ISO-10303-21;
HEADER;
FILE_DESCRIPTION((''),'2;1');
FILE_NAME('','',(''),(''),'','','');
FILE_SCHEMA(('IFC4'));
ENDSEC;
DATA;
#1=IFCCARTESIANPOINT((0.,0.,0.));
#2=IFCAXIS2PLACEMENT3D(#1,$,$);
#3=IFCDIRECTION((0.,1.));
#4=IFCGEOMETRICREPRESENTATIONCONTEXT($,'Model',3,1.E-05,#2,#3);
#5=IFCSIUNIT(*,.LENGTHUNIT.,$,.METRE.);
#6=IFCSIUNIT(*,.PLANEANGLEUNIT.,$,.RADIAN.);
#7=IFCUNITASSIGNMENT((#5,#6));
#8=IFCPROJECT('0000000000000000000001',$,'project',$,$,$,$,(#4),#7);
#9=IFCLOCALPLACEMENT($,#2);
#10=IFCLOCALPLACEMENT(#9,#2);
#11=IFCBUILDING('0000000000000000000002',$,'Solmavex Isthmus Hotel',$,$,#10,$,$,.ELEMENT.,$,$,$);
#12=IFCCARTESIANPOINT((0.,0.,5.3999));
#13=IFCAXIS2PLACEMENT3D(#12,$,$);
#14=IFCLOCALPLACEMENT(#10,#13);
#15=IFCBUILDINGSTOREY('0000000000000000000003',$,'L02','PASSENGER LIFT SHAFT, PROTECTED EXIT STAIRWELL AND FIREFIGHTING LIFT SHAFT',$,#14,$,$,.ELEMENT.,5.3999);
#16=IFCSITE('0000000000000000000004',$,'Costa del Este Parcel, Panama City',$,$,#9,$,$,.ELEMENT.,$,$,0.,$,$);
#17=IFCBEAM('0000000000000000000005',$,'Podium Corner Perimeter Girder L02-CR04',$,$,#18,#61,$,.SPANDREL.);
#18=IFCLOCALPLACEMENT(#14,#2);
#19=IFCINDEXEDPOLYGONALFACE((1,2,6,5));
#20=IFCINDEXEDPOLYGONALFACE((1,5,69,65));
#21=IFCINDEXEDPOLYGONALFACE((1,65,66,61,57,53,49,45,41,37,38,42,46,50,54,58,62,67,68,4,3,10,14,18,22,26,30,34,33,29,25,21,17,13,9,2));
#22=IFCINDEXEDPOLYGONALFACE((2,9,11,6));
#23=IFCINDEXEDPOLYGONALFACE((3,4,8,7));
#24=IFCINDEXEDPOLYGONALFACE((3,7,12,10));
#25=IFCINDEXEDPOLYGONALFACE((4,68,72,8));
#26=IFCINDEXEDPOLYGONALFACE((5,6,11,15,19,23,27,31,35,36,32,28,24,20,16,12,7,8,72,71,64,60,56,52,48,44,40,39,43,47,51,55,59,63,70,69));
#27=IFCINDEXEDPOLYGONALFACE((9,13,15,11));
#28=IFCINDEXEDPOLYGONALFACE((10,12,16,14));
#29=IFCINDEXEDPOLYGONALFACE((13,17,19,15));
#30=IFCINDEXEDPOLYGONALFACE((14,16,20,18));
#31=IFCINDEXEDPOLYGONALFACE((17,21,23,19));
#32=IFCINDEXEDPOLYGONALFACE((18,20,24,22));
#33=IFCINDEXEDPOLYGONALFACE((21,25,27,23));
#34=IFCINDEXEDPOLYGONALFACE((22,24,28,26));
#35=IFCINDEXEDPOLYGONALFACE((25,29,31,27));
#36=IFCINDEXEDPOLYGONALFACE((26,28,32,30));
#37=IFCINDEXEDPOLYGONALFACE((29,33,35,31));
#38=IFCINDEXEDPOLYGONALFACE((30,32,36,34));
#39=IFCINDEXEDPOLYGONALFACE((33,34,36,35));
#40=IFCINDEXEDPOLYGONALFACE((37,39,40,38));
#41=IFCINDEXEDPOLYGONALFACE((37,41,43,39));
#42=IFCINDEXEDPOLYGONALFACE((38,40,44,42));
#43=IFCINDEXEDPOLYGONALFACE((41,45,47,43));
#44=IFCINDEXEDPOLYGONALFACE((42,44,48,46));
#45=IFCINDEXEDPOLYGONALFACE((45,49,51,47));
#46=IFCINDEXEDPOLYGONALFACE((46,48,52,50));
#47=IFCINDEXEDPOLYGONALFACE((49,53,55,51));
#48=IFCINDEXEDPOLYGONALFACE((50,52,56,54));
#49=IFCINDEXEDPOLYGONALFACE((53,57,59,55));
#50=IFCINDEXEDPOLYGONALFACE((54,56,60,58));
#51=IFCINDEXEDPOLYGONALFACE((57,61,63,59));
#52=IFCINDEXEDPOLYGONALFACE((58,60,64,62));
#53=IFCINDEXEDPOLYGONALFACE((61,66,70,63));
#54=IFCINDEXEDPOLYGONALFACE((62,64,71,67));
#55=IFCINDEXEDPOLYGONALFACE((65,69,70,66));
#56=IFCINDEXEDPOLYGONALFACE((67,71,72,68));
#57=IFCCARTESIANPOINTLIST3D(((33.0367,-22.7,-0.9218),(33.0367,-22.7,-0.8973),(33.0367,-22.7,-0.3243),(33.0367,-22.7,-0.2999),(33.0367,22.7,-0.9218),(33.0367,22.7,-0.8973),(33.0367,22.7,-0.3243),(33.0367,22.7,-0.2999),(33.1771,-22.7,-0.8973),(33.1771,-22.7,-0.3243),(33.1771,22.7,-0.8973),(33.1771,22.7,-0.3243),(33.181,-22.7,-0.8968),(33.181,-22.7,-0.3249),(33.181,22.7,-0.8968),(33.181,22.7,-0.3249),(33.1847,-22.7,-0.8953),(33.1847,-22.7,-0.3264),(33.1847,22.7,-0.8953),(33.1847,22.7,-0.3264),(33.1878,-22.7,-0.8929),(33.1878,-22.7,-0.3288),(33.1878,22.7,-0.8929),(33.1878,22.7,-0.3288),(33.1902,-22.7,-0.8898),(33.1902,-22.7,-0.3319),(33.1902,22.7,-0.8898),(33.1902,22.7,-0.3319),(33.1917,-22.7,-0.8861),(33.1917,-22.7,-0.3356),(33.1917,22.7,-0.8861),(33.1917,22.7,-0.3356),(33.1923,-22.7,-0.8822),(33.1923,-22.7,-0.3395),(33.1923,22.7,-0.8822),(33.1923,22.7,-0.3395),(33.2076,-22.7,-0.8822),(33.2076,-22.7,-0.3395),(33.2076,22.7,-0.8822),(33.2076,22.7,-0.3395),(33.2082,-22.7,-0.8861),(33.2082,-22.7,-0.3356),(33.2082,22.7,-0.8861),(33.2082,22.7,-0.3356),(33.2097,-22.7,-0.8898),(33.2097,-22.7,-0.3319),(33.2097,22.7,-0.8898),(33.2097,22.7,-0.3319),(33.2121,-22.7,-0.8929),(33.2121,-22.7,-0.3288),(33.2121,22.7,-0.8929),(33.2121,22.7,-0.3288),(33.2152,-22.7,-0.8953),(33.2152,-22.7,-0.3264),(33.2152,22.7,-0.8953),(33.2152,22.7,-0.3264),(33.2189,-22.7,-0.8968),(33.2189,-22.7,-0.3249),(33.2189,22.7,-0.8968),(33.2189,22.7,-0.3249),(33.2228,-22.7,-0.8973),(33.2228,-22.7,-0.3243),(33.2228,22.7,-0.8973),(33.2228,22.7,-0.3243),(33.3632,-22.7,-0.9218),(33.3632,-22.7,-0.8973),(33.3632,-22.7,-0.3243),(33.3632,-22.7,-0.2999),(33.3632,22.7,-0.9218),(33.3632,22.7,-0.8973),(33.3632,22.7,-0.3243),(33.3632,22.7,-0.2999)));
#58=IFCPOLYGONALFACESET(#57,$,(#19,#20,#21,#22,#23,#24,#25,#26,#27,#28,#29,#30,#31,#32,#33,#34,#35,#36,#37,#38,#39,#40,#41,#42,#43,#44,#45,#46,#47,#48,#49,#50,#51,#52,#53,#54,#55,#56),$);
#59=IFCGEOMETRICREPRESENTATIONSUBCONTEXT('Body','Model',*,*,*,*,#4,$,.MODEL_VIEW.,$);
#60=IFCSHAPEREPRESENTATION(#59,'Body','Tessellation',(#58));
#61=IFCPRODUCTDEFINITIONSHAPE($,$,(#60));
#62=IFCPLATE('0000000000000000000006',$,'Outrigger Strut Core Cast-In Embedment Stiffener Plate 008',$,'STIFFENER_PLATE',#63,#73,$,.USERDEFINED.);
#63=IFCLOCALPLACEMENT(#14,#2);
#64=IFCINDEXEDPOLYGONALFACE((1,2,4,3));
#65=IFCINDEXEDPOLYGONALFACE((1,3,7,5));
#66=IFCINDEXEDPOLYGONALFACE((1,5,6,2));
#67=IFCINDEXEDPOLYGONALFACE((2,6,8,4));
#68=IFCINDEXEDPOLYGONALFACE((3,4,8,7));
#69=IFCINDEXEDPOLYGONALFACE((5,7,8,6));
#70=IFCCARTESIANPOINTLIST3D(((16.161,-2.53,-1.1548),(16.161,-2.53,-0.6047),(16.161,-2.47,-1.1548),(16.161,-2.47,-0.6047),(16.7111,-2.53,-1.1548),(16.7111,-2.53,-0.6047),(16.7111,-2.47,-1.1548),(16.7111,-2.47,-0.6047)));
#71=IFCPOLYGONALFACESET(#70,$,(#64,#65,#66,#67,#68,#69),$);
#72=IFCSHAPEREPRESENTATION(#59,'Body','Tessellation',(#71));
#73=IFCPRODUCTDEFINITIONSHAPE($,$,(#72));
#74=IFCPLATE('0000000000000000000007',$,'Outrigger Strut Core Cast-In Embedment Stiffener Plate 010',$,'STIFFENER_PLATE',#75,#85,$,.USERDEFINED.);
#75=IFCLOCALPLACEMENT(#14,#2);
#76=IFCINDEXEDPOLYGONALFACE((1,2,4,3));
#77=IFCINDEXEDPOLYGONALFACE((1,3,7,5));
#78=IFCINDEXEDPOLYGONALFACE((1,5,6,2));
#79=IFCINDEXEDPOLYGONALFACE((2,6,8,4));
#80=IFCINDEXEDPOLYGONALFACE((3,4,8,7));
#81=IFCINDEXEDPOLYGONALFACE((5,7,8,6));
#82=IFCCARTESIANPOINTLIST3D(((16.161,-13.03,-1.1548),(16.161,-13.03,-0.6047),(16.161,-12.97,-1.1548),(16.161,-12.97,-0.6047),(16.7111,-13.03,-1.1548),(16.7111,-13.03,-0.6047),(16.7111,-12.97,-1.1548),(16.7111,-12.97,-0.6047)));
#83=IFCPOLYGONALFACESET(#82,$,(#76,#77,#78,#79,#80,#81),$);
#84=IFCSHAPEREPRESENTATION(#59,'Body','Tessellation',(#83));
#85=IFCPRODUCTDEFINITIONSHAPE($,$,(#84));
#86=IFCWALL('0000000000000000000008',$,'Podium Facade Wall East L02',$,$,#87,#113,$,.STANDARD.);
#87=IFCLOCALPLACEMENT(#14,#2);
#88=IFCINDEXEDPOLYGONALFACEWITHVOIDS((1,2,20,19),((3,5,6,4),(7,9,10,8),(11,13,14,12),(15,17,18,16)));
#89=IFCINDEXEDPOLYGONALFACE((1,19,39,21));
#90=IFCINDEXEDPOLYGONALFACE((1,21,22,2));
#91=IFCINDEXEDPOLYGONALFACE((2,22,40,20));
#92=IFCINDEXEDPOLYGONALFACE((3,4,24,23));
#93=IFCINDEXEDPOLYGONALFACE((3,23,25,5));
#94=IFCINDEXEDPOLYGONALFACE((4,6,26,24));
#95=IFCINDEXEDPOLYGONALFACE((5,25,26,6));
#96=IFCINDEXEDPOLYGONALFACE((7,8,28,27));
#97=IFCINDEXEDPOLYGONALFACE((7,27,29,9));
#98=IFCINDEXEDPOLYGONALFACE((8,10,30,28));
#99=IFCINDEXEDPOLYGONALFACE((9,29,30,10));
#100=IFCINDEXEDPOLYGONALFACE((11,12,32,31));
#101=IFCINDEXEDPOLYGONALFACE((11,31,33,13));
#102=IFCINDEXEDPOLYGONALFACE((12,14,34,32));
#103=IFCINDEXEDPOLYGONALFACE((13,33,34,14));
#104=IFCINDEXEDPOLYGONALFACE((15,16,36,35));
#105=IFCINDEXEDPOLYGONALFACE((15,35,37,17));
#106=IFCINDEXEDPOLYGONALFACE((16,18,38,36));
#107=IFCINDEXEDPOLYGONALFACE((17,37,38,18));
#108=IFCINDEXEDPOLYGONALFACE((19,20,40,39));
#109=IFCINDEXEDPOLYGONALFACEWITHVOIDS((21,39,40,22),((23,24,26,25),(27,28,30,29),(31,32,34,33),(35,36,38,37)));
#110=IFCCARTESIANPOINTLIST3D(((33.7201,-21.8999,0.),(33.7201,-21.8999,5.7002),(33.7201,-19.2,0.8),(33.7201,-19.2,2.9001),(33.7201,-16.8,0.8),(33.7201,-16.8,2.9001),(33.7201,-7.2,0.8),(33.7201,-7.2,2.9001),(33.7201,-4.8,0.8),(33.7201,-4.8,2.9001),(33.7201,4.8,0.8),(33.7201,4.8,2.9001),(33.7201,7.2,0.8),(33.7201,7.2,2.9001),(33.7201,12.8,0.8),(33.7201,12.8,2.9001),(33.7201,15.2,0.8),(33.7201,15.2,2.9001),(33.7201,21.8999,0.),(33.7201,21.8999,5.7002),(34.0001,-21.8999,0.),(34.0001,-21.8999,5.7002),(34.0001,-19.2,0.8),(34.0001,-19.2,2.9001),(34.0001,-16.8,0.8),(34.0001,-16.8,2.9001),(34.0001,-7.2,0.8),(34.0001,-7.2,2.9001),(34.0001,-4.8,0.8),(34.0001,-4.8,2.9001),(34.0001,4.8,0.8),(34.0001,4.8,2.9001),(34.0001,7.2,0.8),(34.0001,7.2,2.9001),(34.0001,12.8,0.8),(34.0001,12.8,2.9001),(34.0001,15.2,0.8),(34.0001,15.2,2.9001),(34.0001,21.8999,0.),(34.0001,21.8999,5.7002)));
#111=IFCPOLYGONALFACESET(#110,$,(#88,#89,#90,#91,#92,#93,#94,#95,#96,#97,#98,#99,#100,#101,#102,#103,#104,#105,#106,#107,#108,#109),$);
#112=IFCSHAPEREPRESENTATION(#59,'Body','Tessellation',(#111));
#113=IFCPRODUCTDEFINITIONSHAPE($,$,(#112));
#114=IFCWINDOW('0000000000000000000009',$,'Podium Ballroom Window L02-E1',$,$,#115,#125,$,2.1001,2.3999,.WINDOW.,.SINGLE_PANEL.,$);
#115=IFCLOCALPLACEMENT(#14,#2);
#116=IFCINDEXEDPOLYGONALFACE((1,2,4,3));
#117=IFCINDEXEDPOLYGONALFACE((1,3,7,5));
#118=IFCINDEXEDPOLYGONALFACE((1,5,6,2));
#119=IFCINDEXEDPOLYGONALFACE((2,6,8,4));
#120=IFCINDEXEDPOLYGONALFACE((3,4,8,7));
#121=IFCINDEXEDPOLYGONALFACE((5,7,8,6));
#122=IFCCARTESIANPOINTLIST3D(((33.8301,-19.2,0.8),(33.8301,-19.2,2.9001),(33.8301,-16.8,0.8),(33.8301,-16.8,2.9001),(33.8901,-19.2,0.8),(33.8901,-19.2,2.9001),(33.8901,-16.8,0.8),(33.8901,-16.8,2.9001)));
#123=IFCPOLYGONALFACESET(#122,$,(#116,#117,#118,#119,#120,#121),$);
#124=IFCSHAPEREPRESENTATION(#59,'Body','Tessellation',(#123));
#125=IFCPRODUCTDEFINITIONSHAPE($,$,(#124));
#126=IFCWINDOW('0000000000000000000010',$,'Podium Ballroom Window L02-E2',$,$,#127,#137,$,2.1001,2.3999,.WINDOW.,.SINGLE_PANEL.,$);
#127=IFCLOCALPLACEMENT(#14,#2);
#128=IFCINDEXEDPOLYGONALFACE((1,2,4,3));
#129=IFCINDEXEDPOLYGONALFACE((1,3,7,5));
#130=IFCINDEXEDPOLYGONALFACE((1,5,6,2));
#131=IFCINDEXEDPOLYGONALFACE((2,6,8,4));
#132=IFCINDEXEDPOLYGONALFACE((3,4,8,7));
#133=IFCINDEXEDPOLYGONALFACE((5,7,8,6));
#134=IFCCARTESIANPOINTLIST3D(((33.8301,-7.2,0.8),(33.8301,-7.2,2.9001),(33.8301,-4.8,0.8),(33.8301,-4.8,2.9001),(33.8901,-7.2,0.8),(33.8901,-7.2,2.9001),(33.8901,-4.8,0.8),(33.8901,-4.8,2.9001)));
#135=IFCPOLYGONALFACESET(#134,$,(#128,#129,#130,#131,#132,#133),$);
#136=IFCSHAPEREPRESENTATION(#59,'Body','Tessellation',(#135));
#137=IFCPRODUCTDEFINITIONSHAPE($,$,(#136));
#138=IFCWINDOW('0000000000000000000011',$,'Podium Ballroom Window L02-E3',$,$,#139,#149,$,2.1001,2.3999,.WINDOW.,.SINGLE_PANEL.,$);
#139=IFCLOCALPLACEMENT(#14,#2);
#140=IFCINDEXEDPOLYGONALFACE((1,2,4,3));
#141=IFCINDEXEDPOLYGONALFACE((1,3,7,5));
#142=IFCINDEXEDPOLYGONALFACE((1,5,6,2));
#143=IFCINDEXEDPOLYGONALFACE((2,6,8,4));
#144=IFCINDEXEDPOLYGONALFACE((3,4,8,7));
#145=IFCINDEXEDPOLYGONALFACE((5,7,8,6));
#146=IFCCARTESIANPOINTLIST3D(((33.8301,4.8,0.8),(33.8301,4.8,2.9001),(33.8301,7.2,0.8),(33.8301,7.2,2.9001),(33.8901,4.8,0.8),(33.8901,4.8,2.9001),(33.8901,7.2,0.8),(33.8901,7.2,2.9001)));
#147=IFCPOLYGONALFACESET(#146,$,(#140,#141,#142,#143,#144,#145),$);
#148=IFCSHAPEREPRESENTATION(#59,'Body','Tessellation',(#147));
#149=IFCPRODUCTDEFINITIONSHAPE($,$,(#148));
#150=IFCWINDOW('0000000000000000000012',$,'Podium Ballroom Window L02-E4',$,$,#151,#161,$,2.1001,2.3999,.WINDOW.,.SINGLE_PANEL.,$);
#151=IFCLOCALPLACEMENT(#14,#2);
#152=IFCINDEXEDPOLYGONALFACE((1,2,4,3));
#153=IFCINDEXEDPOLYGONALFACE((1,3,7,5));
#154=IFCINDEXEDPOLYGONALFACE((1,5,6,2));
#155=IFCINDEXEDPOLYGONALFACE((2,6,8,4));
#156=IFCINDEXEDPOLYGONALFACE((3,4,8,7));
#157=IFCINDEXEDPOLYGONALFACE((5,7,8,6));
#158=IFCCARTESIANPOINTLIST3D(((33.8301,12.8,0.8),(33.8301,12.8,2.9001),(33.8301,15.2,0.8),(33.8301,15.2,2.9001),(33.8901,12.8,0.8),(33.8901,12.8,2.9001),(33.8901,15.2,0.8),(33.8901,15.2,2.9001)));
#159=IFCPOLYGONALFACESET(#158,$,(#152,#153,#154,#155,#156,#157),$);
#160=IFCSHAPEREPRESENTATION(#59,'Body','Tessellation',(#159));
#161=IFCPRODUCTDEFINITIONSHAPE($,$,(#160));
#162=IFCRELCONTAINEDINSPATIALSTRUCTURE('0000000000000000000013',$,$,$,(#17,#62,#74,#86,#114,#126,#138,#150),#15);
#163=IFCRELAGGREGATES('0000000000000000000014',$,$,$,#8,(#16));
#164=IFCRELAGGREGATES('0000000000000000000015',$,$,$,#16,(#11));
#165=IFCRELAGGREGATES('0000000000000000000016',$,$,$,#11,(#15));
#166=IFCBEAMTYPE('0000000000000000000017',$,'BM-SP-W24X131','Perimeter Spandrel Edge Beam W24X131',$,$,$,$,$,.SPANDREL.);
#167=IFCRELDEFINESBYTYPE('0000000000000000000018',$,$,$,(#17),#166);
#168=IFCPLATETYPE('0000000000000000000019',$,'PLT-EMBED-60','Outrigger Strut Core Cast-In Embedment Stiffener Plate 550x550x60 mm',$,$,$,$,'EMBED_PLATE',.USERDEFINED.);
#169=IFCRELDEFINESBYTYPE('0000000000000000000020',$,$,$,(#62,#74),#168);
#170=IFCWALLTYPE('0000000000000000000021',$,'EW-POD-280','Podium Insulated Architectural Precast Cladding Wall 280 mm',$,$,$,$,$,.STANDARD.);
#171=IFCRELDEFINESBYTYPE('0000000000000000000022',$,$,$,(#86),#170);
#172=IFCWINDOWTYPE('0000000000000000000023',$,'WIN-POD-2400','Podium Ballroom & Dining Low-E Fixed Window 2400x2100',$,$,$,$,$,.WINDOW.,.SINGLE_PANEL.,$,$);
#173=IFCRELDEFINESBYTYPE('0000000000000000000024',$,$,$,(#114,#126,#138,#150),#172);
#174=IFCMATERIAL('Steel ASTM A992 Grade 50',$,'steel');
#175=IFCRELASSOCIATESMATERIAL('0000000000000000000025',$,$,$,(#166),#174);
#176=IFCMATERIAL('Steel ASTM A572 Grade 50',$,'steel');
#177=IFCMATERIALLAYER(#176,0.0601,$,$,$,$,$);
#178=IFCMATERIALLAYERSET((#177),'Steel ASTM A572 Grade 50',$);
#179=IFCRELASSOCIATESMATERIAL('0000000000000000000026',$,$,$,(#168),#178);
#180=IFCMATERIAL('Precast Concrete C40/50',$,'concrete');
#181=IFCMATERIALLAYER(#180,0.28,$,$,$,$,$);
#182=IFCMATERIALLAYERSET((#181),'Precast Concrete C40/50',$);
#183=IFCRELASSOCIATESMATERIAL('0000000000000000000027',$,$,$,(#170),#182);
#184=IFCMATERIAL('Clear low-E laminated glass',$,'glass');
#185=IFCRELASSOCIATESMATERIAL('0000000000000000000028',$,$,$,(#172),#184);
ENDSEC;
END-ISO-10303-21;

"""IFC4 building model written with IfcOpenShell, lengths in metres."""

from ifc_helpers import new_model, si_unit, direction, frame, frame_2d, origin, origin_2d, place, context, subcontext, project, spatial, rectangle, i_section, extrude, material, layer, layer_set, material_profile, profile_set, type_object, element, fill, save


model = new_model("IFC4")

# Units and contexts
model_context = context("Model", 3, precision=1e-05, world=origin(), true_north=direction((0.0, 1.0)))
body_context = subcontext(model_context, "Body", "Model", "MODEL_VIEW")
ifc_project = project(units=[si_unit("LENGTHUNIT", "METRE"), si_unit("PLANEANGLEUNIT", "RADIAN")], contexts=[model_context])

# Site, building, storey
site_placement = place(None, origin())
site = spatial("IfcSite", under=ifc_project, at=site_placement, Name="Costa del Este Parcel, Panama City", CompositionType="ELEMENT", RefElevation=0.0)
building_placement = place(site_placement, origin())
building = spatial("IfcBuilding", under=site, at=building_placement, Name="Solmavex Isthmus Hotel", CompositionType="ELEMENT")
storey_placement = place(building_placement, frame((0.0, 0.0, 5.3999)))
storey = spatial("IfcBuildingStorey", under=building, at=storey_placement, Name="L02", Description="PASSENGER LIFT SHAFT, PROTECTED EXIT STAIRWELL AND FIREFIGHTING LIFT SHAFT", CompositionType="ELEMENT", Elevation=5.3999)

# Beam
ifc_material_1 = material(Name="Steel ASTM A992 Grade 50", Category="steel")
ifc_material_profile_1 = material_profile(ifc_material_1, i_section(OverallWidth=0.3264, OverallDepth=0.6218, WebThickness=0.0154, FlangeThickness=0.0244, FilletRadius=0.0151, at=origin_2d()), Name="W24X131")
ifc_profile_set_1 = profile_set([ifc_material_profile_1], Name="Steel ASTM A992 Grade 50")
beam_type_1 = type_object("IfcBeamType", Name="BM-SP-W24X131", Description="Perimeter Spandrel Edge Beam W24X131", PredefinedType="SPANDREL", material=ifc_profile_set_1)
beam_1_placement = place(storey_placement, frame((33.2, -22.7, -0.6108), z_axis=(0.0, 1.0, 0.0), x_axis=(-1.0, 0.0, 0.0)))
element("IfcBeam", 1, at=beam_1_placement, inside=storey, type_object=beam_type_1, Name="Podium Corner Perimeter Girder L02-CR04", PredefinedType="SPANDREL", context=body_context, shape_type="SweptSolid", body=[
    extrude(i_section(OverallWidth=0.3264, OverallDepth=0.6218, WebThickness=0.0154, FlangeThickness=0.0244, FilletRadius=0.0151, at=origin_2d()), origin(), (0.0, 0.0, 1.0), 45.3999),
])

# Plates
ifc_material_2 = material(Name="Steel ASTM A572 Grade 50", Category="steel")
ifc_layer_1 = layer(ifc_material_2, 0.0601)
ifc_layer_set_1 = layer_set([ifc_layer_1], Name="Steel ASTM A572 Grade 50")
plate_type = type_object("IfcPlateType", Name="PLT-EMBED-60", Description="Outrigger Strut Core Cast-In Embedment Stiffener Plate 550x550x60 mm", ElementType="EMBED_PLATE", PredefinedType="USERDEFINED", material=ifc_layer_set_1)
for number, where, z_axis, x_axis, name in (
    (2, (16.436, -2.5, -1.1548), (0.0, 0.0, 1.0), (1.0, 0.0, 0.0), "Outrigger Strut Core Cast-In Embedment Stiffener Plate 008"),
    (3, (16.436, -13.0, -1.1548), (0.0, 0.0, 1.0), (1.0, 0.0, 0.0), "Outrigger Strut Core Cast-In Embedment Stiffener Plate 010"),
):
    element("IfcPlate", number, at=place(storey_placement, frame(where, z_axis=z_axis, x_axis=x_axis)), inside=storey, type_object=plate_type, Name=name, ObjectType="STIFFENER_PLATE", PredefinedType="USERDEFINED", context=body_context, shape_type="SweptSolid", body=[
        extrude(rectangle(XDim=0.55, YDim=0.0601, at=origin_2d()), origin(), (0.0, 0.0, 1.0), 0.55),
    ])

# Wall, openings, windows
ifc_material_3 = material(Name="Precast Concrete C40/50", Category="concrete")
ifc_layer_2 = layer(ifc_material_3, 0.28)
ifc_layer_set_2 = layer_set([ifc_layer_2], Name="Precast Concrete C40/50")
wall_type_1 = type_object("IfcWallType", Name="EW-POD-280", Description="Podium Insulated Architectural Precast Cladding Wall 280 mm", PredefinedType="STANDARD", material=ifc_layer_set_2)
wall_1_placement = place(storey_placement, frame((33.8601, -21.8999, 0.0), z_axis=(0.0, 0.0, 1.0), x_axis=(0.0, 1.0, 0.0)))
wall_1 = element("IfcWall", 4, at=wall_1_placement, inside=storey, type_object=wall_type_1, Name="Podium Facade Wall East L02", PredefinedType="STANDARD", context=body_context, shape_type="SweptSolid", body=[
    extrude(rectangle(XDim=43.7998, YDim=0.28, at=frame_2d((21.8999, 0.0))), origin(), (0.0, 0.0, 1.0), 5.7002),
])
opening_1_placement = place(wall_1_placement, frame((2.7, 0.0, 0.8)))
opening_1 = element("IfcOpeningElement", 5, at=opening_1_placement, cuts=wall_1, PredefinedType="OPENING", context=body_context, shape_type="SweptSolid", body=[
    extrude(rectangle(XDim=2.3999, YDim=2.1001, at=frame_2d((1.2, 1.05))), frame((0.0, 0.1499, 0.0), z_axis=(0.0, -1.0, 0.0), x_axis=(1.0, 0.0, 0.0)), (0.0, 0.0, 1.0), 0.3),
])
opening_2_placement = place(wall_1_placement, frame((14.7, 0.0, 0.8)))
opening_2 = element("IfcOpeningElement", 6, at=opening_2_placement, cuts=wall_1, PredefinedType="OPENING", context=body_context, shape_type="SweptSolid", body=[
    extrude(rectangle(XDim=2.3999, YDim=2.1001, at=frame_2d((1.2, 1.05))), frame((0.0, 0.1499, 0.0), z_axis=(0.0, -1.0, 0.0), x_axis=(1.0, 0.0, 0.0)), (0.0, 0.0, 1.0), 0.3),
])
opening_3_placement = place(wall_1_placement, frame((26.7, 0.0, 0.8)))
opening_3 = element("IfcOpeningElement", 7, at=opening_3_placement, cuts=wall_1, PredefinedType="OPENING", context=body_context, shape_type="SweptSolid", body=[
    extrude(rectangle(XDim=2.3999, YDim=2.1001, at=frame_2d((1.2, 1.05))), frame((0.0, 0.1499, 0.0), z_axis=(0.0, -1.0, 0.0), x_axis=(1.0, 0.0, 0.0)), (0.0, 0.0, 1.0), 0.3),
])
opening_4_placement = place(wall_1_placement, frame((34.7, 0.0, 0.8)))
opening_4 = element("IfcOpeningElement", 8, at=opening_4_placement, cuts=wall_1, PredefinedType="OPENING", context=body_context, shape_type="SweptSolid", body=[
    extrude(rectangle(XDim=2.3999, YDim=2.1001, at=frame_2d((1.2, 1.05))), frame((0.0, 0.1499, 0.0), z_axis=(0.0, -1.0, 0.0), x_axis=(1.0, 0.0, 0.0)), (0.0, 0.0, 1.0), 0.3),
])
ifc_material_4 = material(Name="Clear low-E laminated glass", Category="glass")
window_type = type_object("IfcWindowType", Name="WIN-POD-2400", Description="Podium Ballroom & Dining Low-E Fixed Window 2400x2100", PartitioningType="SINGLE_PANEL", PredefinedType="WINDOW", material=ifc_material_4)
window_1_placement = place(opening_1_placement, origin())
window_1 = element("IfcWindow", 9, at=window_1_placement, inside=storey, type_object=window_type, Name="Podium Ballroom Window L02-E1", OverallHeight=2.1001, OverallWidth=2.3999, PartitioningType="SINGLE_PANEL", PredefinedType="WINDOW", context=body_context, shape_type="SweptSolid", body=[
    extrude(rectangle(XDim=2.3999, YDim=2.1001, at=frame_2d((1.2, 1.05))), frame((0.0, 0.03, 0.0), z_axis=(0.0, -1.0, 0.0), x_axis=(1.0, 0.0, 0.0)), (0.0, 0.0, 1.0), 0.0601),
])
fill(opening_1, window_1)
window_2_placement = place(opening_2_placement, origin())
window_2 = element("IfcWindow", 10, at=window_2_placement, inside=storey, type_object=window_type, Name="Podium Ballroom Window L02-E2", OverallHeight=2.1001, OverallWidth=2.3999, PartitioningType="SINGLE_PANEL", PredefinedType="WINDOW", context=body_context, shape_type="SweptSolid", body=[
    extrude(rectangle(XDim=2.3999, YDim=2.1001, at=frame_2d((1.2, 1.05))), frame((0.0, 0.03, 0.0), z_axis=(0.0, -1.0, 0.0), x_axis=(1.0, 0.0, 0.0)), (0.0, 0.0, 1.0), 0.0601),
])
fill(opening_2, window_2)
window_3_placement = place(opening_3_placement, origin())
window_3 = element("IfcWindow", 11, at=window_3_placement, inside=storey, type_object=window_type, Name="Podium Ballroom Window L02-E3", OverallHeight=2.1001, OverallWidth=2.3999, PartitioningType="SINGLE_PANEL", PredefinedType="WINDOW", context=body_context, shape_type="SweptSolid", body=[
    extrude(rectangle(XDim=2.3999, YDim=2.1001, at=frame_2d((1.2, 1.05))), frame((0.0, 0.03, 0.0), z_axis=(0.0, -1.0, 0.0), x_axis=(1.0, 0.0, 0.0)), (0.0, 0.0, 1.0), 0.0601),
])
fill(opening_3, window_3)
window_4_placement = place(opening_4_placement, origin())
window_4 = element("IfcWindow", 12, at=window_4_placement, inside=storey, type_object=window_type, Name="Podium Ballroom Window L02-E4", OverallHeight=2.1001, OverallWidth=2.3999, PartitioningType="SINGLE_PANEL", PredefinedType="WINDOW", context=body_context, shape_type="SweptSolid", body=[
    extrude(rectangle(XDim=2.3999, YDim=2.1001, at=frame_2d((1.2, 1.05))), frame((0.0, 0.03, 0.0), z_axis=(0.0, -1.0, 0.0), x_axis=(1.0, 0.0, 0.0)), (0.0, 0.0, 1.0), 0.0601),
])
fill(opening_4, window_4)

save(model, "model.ifc")
